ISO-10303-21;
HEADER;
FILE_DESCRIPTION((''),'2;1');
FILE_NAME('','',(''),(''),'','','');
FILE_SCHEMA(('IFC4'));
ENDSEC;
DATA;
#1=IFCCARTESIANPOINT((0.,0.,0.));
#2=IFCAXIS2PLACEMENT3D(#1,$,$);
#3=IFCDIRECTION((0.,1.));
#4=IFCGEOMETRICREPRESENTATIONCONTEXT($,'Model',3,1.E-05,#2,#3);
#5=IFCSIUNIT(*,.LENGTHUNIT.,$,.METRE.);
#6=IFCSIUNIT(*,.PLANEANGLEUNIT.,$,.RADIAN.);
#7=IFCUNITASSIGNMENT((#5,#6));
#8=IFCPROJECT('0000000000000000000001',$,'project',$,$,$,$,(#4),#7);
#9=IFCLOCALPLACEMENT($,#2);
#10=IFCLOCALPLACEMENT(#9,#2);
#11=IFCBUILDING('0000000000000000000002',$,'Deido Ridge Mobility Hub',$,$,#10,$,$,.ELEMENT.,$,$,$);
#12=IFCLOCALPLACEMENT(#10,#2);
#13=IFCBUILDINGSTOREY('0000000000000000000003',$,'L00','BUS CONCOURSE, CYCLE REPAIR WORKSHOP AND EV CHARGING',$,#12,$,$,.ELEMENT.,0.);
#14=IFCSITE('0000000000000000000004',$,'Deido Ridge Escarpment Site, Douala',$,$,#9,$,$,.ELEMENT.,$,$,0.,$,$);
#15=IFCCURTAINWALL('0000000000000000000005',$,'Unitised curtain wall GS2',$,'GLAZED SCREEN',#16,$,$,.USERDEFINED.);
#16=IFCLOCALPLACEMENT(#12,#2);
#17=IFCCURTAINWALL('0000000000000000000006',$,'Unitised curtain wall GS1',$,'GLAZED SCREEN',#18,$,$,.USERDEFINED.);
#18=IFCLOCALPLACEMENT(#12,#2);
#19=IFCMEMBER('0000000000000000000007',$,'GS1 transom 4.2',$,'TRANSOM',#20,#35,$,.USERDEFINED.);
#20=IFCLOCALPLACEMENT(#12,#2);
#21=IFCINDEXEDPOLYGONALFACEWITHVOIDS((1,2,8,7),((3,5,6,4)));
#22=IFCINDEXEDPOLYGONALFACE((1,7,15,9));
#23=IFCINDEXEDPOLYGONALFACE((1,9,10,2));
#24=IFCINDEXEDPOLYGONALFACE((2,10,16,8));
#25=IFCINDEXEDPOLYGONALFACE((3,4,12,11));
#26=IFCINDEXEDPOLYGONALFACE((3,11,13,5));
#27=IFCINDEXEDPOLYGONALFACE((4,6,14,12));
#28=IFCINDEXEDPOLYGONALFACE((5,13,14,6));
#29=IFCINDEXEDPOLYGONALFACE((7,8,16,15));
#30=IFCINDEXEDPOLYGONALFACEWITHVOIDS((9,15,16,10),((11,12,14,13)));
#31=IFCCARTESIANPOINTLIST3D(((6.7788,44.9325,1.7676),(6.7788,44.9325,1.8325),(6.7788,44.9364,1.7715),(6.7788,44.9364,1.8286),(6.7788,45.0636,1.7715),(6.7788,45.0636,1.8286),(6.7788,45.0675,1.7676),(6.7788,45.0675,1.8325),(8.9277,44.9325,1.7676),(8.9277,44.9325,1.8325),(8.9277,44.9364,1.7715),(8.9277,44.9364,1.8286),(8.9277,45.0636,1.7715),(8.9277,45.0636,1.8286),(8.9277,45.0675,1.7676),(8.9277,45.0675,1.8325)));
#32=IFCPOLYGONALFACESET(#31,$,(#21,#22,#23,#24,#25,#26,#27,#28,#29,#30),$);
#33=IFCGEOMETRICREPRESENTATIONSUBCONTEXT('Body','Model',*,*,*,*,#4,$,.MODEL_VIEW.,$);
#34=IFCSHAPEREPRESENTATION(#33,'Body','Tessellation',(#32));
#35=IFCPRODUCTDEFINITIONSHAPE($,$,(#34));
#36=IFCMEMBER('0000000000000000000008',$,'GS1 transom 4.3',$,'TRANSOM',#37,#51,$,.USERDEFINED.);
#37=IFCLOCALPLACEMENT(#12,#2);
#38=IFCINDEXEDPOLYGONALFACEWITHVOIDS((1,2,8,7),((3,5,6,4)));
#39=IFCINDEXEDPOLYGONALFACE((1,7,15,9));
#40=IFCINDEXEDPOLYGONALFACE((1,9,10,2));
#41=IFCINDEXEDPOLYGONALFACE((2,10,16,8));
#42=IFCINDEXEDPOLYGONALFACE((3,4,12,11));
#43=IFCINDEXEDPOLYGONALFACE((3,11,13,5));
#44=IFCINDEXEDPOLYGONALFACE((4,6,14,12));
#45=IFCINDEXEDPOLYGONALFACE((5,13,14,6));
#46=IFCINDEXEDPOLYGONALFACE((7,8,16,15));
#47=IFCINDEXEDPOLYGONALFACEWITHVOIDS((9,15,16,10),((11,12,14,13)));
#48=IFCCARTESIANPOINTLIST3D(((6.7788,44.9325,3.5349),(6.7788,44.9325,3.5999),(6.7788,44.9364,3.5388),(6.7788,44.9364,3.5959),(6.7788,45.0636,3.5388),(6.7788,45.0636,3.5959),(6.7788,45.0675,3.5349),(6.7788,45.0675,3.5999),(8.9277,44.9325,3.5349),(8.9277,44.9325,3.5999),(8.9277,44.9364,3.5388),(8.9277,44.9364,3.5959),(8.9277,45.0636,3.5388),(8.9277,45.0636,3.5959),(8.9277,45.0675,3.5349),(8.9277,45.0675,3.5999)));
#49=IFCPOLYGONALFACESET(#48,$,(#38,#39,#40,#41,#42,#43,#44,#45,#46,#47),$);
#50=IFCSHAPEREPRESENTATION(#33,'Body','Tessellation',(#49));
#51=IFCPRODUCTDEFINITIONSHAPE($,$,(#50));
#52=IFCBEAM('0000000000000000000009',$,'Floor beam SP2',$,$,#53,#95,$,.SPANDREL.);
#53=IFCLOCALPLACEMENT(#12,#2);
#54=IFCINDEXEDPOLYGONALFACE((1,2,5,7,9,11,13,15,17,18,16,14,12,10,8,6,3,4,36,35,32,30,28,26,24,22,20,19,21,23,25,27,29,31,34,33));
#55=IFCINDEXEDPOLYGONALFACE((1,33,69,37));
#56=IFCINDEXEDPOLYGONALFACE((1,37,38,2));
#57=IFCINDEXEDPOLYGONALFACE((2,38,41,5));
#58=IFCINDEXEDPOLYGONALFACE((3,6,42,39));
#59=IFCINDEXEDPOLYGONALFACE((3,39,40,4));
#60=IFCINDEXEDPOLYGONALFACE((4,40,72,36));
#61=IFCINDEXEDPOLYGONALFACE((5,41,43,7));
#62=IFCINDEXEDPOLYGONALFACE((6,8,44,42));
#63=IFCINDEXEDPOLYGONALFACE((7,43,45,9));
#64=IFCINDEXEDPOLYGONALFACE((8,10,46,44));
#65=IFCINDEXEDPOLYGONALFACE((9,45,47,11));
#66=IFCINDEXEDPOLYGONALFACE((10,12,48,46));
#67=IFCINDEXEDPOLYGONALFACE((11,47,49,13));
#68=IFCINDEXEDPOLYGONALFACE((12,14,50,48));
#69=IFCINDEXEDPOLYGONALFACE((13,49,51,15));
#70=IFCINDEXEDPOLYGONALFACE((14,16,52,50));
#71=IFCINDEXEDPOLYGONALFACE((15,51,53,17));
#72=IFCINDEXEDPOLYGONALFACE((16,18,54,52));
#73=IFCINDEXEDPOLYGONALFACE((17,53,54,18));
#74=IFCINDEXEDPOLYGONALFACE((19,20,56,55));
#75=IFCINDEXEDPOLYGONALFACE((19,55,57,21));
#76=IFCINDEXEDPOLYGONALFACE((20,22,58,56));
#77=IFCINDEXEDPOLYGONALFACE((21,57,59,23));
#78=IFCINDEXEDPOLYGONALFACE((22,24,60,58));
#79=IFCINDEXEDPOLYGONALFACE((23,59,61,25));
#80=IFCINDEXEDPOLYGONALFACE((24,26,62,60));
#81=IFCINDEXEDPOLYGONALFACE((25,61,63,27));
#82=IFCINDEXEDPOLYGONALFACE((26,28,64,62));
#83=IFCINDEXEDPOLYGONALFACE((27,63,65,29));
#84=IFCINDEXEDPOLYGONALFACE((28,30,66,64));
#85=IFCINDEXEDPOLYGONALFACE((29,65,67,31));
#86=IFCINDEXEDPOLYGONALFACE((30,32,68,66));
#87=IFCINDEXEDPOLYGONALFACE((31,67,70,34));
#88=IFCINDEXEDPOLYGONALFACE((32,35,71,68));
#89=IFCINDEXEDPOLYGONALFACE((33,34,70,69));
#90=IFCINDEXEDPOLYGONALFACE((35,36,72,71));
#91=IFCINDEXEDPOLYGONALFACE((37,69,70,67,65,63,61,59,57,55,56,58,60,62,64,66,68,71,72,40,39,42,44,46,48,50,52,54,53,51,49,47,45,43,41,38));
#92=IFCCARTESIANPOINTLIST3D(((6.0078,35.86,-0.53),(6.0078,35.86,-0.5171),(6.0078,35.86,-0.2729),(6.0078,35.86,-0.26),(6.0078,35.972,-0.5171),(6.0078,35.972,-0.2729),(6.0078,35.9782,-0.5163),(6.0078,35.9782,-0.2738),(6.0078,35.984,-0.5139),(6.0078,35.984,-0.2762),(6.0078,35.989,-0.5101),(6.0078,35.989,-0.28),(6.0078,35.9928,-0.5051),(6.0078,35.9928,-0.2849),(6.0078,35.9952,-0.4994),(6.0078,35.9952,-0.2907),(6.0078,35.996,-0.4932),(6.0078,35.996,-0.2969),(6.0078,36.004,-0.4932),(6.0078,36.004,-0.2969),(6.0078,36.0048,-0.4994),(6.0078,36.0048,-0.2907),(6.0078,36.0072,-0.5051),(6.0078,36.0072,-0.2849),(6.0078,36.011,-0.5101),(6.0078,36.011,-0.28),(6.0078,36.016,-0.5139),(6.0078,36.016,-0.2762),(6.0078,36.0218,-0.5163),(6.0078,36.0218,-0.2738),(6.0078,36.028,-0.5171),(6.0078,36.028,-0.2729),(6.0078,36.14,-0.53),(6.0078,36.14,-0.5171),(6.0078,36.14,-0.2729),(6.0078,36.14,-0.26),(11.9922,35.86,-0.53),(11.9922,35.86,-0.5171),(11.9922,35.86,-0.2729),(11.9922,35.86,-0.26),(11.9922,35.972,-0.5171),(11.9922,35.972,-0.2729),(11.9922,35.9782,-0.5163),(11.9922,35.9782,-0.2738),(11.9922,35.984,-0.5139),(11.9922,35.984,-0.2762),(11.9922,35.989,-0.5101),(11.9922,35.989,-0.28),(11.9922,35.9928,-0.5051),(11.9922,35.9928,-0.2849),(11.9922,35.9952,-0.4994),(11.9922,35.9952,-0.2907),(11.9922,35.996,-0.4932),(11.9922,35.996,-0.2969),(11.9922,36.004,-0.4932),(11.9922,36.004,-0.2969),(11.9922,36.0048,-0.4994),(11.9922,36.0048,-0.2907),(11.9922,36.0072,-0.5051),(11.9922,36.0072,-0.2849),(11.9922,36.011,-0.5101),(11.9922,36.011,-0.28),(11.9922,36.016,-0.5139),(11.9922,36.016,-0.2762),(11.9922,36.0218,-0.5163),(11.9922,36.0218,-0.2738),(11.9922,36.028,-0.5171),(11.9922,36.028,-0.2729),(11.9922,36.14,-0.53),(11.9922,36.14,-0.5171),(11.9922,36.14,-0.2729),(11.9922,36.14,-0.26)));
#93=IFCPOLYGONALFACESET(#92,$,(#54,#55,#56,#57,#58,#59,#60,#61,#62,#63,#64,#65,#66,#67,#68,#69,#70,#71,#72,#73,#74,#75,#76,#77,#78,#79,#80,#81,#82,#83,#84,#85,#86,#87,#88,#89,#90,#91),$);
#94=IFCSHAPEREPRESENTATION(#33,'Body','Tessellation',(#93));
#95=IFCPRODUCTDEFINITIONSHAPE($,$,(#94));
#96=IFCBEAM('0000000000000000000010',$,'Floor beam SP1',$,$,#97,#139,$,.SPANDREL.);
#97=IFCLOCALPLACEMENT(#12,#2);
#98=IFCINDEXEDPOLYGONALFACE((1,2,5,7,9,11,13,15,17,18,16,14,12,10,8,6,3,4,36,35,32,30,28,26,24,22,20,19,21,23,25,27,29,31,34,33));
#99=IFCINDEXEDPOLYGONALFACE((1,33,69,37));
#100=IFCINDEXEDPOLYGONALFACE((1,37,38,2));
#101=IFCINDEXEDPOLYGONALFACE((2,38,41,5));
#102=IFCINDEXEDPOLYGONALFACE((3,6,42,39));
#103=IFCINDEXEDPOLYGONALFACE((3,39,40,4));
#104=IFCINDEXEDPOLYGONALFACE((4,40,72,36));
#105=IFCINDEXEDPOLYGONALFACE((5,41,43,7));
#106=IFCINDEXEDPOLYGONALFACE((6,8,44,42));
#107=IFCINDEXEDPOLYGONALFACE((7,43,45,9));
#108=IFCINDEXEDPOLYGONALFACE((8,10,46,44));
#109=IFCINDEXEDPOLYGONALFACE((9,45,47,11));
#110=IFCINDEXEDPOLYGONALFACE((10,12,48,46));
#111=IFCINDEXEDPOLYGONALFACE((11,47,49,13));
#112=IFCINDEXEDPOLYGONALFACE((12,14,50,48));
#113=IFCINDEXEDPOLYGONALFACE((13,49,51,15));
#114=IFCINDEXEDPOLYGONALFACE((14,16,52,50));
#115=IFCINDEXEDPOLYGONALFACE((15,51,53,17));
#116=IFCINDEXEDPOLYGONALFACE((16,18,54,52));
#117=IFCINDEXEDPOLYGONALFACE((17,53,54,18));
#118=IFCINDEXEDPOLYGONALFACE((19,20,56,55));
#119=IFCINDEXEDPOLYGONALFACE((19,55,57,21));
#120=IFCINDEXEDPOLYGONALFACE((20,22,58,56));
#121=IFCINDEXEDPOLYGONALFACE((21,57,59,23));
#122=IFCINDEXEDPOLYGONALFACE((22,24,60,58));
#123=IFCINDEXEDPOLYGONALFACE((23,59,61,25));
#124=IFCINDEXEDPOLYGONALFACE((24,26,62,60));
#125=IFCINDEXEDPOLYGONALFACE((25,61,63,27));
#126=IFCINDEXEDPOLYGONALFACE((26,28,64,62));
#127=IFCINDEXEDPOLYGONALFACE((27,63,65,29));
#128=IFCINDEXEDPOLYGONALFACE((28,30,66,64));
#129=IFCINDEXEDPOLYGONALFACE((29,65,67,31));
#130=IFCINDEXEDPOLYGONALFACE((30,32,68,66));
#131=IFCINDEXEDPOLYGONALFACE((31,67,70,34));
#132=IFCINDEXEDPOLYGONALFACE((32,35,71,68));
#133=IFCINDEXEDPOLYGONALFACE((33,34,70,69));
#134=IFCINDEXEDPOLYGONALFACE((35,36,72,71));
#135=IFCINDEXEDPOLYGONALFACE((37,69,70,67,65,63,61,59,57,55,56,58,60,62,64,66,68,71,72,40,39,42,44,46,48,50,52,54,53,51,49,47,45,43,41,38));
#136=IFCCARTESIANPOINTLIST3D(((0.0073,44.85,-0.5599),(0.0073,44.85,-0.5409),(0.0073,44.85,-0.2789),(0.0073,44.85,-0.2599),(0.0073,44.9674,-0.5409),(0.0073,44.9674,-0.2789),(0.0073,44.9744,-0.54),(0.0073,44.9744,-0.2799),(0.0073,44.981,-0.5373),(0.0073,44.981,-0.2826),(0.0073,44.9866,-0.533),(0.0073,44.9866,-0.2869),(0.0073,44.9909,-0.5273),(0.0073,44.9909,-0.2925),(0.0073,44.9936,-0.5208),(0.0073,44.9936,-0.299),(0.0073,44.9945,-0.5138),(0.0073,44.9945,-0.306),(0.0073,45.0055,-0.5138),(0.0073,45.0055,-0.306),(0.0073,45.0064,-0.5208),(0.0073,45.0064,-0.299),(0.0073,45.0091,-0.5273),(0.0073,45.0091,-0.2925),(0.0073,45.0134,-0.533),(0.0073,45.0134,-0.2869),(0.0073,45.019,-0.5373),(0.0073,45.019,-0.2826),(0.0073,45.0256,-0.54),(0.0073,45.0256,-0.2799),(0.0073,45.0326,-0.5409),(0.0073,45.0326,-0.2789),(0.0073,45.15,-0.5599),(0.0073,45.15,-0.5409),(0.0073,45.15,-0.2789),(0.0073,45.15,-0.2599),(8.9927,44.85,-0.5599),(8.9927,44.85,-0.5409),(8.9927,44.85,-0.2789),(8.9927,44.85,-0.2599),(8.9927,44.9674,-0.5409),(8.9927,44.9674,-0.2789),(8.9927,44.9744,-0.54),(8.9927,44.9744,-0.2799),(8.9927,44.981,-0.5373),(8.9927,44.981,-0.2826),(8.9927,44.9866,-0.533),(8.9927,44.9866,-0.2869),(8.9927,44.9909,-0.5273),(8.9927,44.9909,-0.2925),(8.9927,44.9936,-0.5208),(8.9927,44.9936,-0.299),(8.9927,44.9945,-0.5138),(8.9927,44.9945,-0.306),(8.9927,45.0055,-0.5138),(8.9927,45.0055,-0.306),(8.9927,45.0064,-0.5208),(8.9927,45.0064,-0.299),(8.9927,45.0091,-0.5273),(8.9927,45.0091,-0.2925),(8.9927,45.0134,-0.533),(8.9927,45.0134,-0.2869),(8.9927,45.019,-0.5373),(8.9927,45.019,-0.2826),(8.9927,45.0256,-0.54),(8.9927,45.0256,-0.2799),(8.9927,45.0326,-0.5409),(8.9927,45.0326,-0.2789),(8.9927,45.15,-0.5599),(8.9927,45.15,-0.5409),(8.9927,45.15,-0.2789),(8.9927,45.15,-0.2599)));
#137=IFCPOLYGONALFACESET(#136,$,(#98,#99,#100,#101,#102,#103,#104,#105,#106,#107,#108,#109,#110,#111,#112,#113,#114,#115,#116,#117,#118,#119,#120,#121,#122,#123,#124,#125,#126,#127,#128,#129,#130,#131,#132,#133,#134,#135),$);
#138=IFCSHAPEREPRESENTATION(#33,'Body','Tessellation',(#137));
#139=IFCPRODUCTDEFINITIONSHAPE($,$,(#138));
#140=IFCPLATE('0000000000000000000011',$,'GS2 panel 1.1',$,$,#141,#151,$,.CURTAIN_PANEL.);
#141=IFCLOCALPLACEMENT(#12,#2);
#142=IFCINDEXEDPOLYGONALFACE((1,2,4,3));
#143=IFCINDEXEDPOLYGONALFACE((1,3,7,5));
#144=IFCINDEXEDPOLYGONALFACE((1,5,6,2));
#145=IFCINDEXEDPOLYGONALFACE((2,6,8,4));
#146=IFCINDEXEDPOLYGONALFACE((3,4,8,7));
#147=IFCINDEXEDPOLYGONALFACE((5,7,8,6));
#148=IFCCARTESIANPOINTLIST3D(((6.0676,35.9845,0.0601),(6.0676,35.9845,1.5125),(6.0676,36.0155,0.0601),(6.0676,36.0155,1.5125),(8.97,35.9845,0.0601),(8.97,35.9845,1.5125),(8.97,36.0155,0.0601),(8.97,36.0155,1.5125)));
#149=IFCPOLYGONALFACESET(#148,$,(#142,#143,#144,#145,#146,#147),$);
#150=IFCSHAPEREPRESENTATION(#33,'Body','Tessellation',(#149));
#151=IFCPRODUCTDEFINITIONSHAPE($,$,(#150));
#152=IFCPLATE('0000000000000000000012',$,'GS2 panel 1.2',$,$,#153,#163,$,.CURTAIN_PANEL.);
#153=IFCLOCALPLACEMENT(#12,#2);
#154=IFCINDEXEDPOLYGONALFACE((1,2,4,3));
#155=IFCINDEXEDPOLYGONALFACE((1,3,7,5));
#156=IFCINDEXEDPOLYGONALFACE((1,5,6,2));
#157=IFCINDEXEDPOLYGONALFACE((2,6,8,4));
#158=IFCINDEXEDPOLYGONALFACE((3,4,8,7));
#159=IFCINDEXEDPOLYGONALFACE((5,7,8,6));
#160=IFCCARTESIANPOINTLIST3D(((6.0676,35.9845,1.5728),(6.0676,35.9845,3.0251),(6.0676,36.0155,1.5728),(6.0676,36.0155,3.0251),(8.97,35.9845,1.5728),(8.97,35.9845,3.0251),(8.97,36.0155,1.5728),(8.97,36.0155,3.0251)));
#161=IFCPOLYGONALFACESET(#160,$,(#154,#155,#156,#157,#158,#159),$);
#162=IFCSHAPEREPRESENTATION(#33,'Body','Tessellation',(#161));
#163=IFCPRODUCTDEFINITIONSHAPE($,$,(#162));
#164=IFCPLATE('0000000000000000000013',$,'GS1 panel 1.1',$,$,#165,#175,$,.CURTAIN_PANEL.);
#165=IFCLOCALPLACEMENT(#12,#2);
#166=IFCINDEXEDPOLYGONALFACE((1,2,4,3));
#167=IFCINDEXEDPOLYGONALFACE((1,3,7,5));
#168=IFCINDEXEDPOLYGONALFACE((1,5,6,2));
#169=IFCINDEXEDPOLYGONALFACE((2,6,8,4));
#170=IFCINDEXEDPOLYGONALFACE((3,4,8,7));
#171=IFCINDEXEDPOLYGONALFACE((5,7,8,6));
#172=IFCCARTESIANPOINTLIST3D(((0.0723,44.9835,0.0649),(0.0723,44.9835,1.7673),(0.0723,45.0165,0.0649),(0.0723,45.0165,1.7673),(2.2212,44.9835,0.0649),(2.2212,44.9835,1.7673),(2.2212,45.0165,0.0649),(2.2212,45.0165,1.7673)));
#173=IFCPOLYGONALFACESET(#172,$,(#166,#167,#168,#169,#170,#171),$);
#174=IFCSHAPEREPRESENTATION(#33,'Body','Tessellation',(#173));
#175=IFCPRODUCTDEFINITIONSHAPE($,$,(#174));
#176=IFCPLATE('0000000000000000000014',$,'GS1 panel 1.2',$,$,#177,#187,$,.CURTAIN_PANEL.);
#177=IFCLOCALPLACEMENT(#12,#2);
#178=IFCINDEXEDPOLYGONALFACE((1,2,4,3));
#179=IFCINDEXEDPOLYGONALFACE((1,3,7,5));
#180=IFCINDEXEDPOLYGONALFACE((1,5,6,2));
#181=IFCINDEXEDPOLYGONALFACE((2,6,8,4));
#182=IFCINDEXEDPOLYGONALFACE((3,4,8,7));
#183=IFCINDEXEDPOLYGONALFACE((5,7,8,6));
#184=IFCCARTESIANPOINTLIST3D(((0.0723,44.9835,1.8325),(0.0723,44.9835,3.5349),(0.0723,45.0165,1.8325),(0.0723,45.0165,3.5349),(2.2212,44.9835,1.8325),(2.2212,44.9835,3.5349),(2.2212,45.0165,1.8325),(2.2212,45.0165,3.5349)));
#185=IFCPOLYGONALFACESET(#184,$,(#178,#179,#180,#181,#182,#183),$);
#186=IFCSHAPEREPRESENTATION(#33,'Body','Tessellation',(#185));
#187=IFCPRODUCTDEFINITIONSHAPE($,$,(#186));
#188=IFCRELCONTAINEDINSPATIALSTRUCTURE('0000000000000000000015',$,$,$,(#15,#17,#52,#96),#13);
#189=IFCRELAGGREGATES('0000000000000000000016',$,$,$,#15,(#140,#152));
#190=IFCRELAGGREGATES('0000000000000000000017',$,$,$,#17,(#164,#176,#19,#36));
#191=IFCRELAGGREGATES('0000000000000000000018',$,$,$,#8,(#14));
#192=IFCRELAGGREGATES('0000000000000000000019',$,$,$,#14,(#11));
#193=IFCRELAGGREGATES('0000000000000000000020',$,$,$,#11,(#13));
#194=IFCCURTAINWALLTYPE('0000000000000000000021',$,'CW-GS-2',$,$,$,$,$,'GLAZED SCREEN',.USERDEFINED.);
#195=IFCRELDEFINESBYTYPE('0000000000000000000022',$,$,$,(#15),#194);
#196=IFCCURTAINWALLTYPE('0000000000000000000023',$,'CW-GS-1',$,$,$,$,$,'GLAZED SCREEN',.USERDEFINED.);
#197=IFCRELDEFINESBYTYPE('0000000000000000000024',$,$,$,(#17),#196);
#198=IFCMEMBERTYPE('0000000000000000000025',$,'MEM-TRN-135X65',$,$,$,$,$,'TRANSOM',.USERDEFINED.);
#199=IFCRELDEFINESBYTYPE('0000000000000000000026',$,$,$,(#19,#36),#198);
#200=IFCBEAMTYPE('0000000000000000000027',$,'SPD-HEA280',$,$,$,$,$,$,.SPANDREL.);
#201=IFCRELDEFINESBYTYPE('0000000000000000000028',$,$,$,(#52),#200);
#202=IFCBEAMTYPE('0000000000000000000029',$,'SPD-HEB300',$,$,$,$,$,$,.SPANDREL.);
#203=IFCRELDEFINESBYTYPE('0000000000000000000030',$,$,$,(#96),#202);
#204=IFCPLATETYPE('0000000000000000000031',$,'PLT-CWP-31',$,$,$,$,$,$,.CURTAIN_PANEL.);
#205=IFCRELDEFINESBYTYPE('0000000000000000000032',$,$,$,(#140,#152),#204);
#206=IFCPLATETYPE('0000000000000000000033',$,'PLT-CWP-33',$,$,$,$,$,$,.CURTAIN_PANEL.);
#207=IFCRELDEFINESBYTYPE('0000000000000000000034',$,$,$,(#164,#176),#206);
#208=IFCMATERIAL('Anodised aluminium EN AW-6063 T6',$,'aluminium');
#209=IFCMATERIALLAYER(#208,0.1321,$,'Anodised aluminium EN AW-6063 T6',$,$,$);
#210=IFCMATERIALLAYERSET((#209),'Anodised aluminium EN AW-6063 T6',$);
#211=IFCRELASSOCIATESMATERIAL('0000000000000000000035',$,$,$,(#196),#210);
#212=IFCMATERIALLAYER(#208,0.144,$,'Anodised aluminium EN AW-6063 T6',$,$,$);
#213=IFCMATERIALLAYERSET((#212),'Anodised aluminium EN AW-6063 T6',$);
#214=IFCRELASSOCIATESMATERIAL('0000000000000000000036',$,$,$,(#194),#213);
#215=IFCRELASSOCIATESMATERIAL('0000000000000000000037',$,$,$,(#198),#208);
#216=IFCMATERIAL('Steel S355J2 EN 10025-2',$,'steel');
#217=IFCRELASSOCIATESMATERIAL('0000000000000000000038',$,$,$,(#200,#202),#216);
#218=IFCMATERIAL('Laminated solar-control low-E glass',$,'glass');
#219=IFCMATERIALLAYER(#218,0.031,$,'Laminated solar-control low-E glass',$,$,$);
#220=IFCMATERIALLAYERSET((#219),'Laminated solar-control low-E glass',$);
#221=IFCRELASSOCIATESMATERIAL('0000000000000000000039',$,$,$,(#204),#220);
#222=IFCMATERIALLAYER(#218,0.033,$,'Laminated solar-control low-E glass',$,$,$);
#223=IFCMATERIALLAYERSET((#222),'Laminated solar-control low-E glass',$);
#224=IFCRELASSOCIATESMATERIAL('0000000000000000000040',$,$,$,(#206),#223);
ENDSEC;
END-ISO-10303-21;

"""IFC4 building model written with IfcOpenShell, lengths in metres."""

from ifc_helpers import new_model, si_unit, direction, frame, origin, origin_2d, place, context, subcontext, project, spatial, rectangle, hollow_rectangle, i_section, extrude, material, layer, layer_set, material_profile, profile_set, type_object, element, aggregate, save


model = new_model("IFC4")

# Units and contexts
model_context = context("Model", 3, precision=1e-05, world=origin(), true_north=direction((0.0, 1.0)))
body_context = subcontext(model_context, "Body", "Model", "MODEL_VIEW")
ifc_project = project(units=[si_unit("LENGTHUNIT", "METRE"), si_unit("PLANEANGLEUNIT", "RADIAN")], contexts=[model_context])

# Site, building, storey
site_placement = place(None, origin())
site = spatial("IfcSite", under=ifc_project, at=site_placement, Name="Deido Ridge Escarpment Site, Douala", CompositionType="ELEMENT", RefElevation=0.0)
building_placement = place(site_placement, origin())
building = spatial("IfcBuilding", under=site, at=building_placement, Name="Deido Ridge Mobility Hub", CompositionType="ELEMENT")
storey_placement = place(building_placement, origin())
storey = spatial("IfcBuildingStorey", under=building, at=storey_placement, Name="L00", Description="BUS CONCOURSE, CYCLE REPAIR WORKSHOP AND EV CHARGING", CompositionType="ELEMENT", Elevation=0.0)

# Shared definitions
ifc_material_1 = material(Name="Steel S355J2 EN 10025-2", Category="steel")

# Shared definitions
ifc_material_2 = material(Name="Anodised aluminium EN AW-6063 T6", Category="aluminium")
ifc_layer_1 = layer(ifc_material_2, 0.1321, Name="Anodised aluminium EN AW-6063 T6")
ifc_layer_set_1 = layer_set([ifc_layer_1], Name="Anodised aluminium EN AW-6063 T6")
curtain_wall_type_1 = type_object("IfcCurtainWallType", Name="CW-GS-1", ElementType="GLAZED SCREEN", PredefinedType="USERDEFINED", material=ifc_layer_set_1)

# Curtain walls
ifc_layer_2 = layer(ifc_material_2, 0.144, Name="Anodised aluminium EN AW-6063 T6")
ifc_layer_set_2 = layer_set([ifc_layer_2], Name="Anodised aluminium EN AW-6063 T6")
curtain_wall_type_2 = type_object("IfcCurtainWallType", Name="CW-GS-2", ElementType="GLAZED SCREEN", PredefinedType="USERDEFINED", material=ifc_layer_set_2)
curtain_wall_1_placement = place(storey_placement, origin())
curtain_wall_1 = element("IfcCurtainWall", 1, at=curtain_wall_1_placement, inside=storey, type_object=curtain_wall_type_2, Name="Unitised curtain wall GS2", ObjectType="GLAZED SCREEN", PredefinedType="USERDEFINED")
curtain_wall_2_placement = place(storey_placement, origin())
curtain_wall_2 = element("IfcCurtainWall", 2, at=curtain_wall_2_placement, inside=storey, type_object=curtain_wall_type_1, Name="Unitised curtain wall GS1", ObjectType="GLAZED SCREEN", PredefinedType="USERDEFINED")

# Members
ifc_material_profile_1 = material_profile(ifc_material_2, hollow_rectangle(XDim=0.135, YDim=0.0649, WallThickness=0.0039, at=origin_2d()), Name="RHS 135x65x4")
ifc_profile_set_1 = profile_set([ifc_material_profile_1], Name="Anodised aluminium EN AW-6063 T6")
member_type_1 = type_object("IfcMemberType", Name="MEM-TRN-135X65", ElementType="TRANSOM", PredefinedType="USERDEFINED", material=ifc_profile_set_1)
member_1_placement = place(storey_placement, frame((6.7788, 45.0, 1.8), z_axis=(1.0, 0.0, 0.0), x_axis=(0.0, 1.0, 0.0)))
member_1 = element("IfcMember", 3, at=member_1_placement, type_object=member_type_1, Name="GS1 transom 4.2", ObjectType="TRANSOM", PredefinedType="USERDEFINED", context=body_context, shape_type="SweptSolid", body=[
    extrude(hollow_rectangle(XDim=0.135, YDim=0.0649, WallThickness=0.0039, at=origin_2d()), origin(), (0.0, 0.0, 1.0), 2.1489),
])
member_2_placement = place(storey_placement, frame((6.7788, 45.0, 3.5674), z_axis=(1.0, 0.0, 0.0), x_axis=(0.0, 1.0, 0.0)))
member_2 = element("IfcMember", 4, at=member_2_placement, type_object=member_type_1, Name="GS1 transom 4.3", ObjectType="TRANSOM", PredefinedType="USERDEFINED", context=body_context, shape_type="SweptSolid", body=[
    extrude(hollow_rectangle(XDim=0.135, YDim=0.0649, WallThickness=0.0039, at=origin_2d()), origin(), (0.0, 0.0, 1.0), 2.1489),
])

# Beams
ifc_material_profile_2 = material_profile(ifc_material_1, i_section(OverallWidth=0.28, OverallDepth=0.27, WebThickness=0.0081, FlangeThickness=0.0129, FilletRadius=0.0239, at=origin_2d()), Name="HEA 280")
ifc_profile_set_2 = profile_set([ifc_material_profile_2], Name="Steel S355J2 EN 10025-2")
beam_type_1 = type_object("IfcBeamType", Name="SPD-HEA280", PredefinedType="SPANDREL", material=ifc_profile_set_2)
beam_1_placement = place(storey_placement, frame((6.0078, 36.0, -0.395), z_axis=(1.0, 0.0, 0.0), x_axis=(0.0, 1.0, 0.0)))
element("IfcBeam", 5, at=beam_1_placement, inside=storey, type_object=beam_type_1, Name="Floor beam SP2", PredefinedType="SPANDREL", context=body_context, shape_type="SweptSolid", body=[
    extrude(i_section(OverallWidth=0.28, OverallDepth=0.27, WebThickness=0.0081, FlangeThickness=0.0129, FilletRadius=0.0239, at=origin_2d()), origin(), (0.0, 0.0, 1.0), 5.9844),
])
ifc_material_profile_3 = material_profile(ifc_material_1, i_section(OverallWidth=0.3, OverallDepth=0.3, WebThickness=0.011, FlangeThickness=0.019, FilletRadius=0.0271, at=origin_2d()), Name="HEB 300")
ifc_profile_set_3 = profile_set([ifc_material_profile_3], Name="Steel S355J2 EN 10025-2")
beam_type_2 = type_object("IfcBeamType", Name="SPD-HEB300", PredefinedType="SPANDREL", material=ifc_profile_set_3)
beam_2_placement = place(storey_placement, frame((0.0073, 45.0, -0.4099), z_axis=(1.0, 0.0, 0.0), x_axis=(0.0, 1.0, 0.0)))
element("IfcBeam", 6, at=beam_2_placement, inside=storey, type_object=beam_type_2, Name="Floor beam SP1", PredefinedType="SPANDREL", context=body_context, shape_type="SweptSolid", body=[
    extrude(i_section(OverallWidth=0.3, OverallDepth=0.3, WebThickness=0.011, FlangeThickness=0.019, FilletRadius=0.0271, at=origin_2d()), origin(), (0.0, 0.0, 1.0), 8.9854),
])

# Plates
ifc_material_3 = material(Name="Laminated solar-control low-E glass", Category="glass")
ifc_layer_3 = layer(ifc_material_3, 0.031, Name="Laminated solar-control low-E glass")
ifc_layer_set_3 = layer_set([ifc_layer_3], Name="Laminated solar-control low-E glass")
plate_type_1 = type_object("IfcPlateType", Name="PLT-CWP-31", PredefinedType="CURTAIN_PANEL", material=ifc_layer_set_3)
plate_1_placement = place(storey_placement, frame((7.5188, 36.0, 0.0601), z_axis=(0.0, 0.0, 1.0), x_axis=(1.0, 0.0, 0.0)))
plate_1 = element("IfcPlate", 7, at=plate_1_placement, type_object=plate_type_1, Name="GS2 panel 1.1", PredefinedType="CURTAIN_PANEL", context=body_context, shape_type="SweptSolid", body=[
    extrude(rectangle(XDim=2.9023, YDim=0.031, at=origin_2d()), origin(), (0.0, 0.0, 1.0), 1.4524),
])
plate_2_placement = place(storey_placement, frame((7.5188, 36.0, 1.5728), z_axis=(0.0, 0.0, 1.0), x_axis=(1.0, 0.0, 0.0)))
plate_2 = element("IfcPlate", 8, at=plate_2_placement, type_object=plate_type_1, Name="GS2 panel 1.2", PredefinedType="CURTAIN_PANEL", context=body_context, shape_type="SweptSolid", body=[
    extrude(rectangle(XDim=2.9023, YDim=0.031, at=origin_2d()), origin(), (0.0, 0.0, 1.0), 1.4524),
])
aggregate(curtain_wall_1, [plate_1, plate_2])
ifc_layer_4 = layer(ifc_material_3, 0.033, Name="Laminated solar-control low-E glass")
ifc_layer_set_4 = layer_set([ifc_layer_4], Name="Laminated solar-control low-E glass")
plate_type_2 = type_object("IfcPlateType", Name="PLT-CWP-33", PredefinedType="CURTAIN_PANEL", material=ifc_layer_set_4)
plate_3_placement = place(storey_placement, frame((1.1467, 45.0, 0.0649), z_axis=(0.0, 0.0, 1.0), x_axis=(1.0, 0.0, 0.0)))
plate_3 = element("IfcPlate", 9, at=plate_3_placement, type_object=plate_type_2, Name="GS1 panel 1.1", PredefinedType="CURTAIN_PANEL", context=body_context, shape_type="SweptSolid", body=[
    extrude(rectangle(XDim=2.1489, YDim=0.033, at=origin_2d()), origin(), (0.0, 0.0, 1.0), 1.7024),
])
plate_4_placement = place(storey_placement, frame((1.1467, 45.0, 1.8325), z_axis=(0.0, 0.0, 1.0), x_axis=(1.0, 0.0, 0.0)))
plate_4 = element("IfcPlate", 10, at=plate_4_placement, type_object=plate_type_2, Name="GS1 panel 1.2", PredefinedType="CURTAIN_PANEL", context=body_context, shape_type="SweptSolid", body=[
    extrude(rectangle(XDim=2.1489, YDim=0.033, at=origin_2d()), origin(), (0.0, 0.0, 1.0), 1.7024),
])
aggregate(curtain_wall_2, [plate_3, plate_4, member_1, member_2])

save(model, "model.ifc")
